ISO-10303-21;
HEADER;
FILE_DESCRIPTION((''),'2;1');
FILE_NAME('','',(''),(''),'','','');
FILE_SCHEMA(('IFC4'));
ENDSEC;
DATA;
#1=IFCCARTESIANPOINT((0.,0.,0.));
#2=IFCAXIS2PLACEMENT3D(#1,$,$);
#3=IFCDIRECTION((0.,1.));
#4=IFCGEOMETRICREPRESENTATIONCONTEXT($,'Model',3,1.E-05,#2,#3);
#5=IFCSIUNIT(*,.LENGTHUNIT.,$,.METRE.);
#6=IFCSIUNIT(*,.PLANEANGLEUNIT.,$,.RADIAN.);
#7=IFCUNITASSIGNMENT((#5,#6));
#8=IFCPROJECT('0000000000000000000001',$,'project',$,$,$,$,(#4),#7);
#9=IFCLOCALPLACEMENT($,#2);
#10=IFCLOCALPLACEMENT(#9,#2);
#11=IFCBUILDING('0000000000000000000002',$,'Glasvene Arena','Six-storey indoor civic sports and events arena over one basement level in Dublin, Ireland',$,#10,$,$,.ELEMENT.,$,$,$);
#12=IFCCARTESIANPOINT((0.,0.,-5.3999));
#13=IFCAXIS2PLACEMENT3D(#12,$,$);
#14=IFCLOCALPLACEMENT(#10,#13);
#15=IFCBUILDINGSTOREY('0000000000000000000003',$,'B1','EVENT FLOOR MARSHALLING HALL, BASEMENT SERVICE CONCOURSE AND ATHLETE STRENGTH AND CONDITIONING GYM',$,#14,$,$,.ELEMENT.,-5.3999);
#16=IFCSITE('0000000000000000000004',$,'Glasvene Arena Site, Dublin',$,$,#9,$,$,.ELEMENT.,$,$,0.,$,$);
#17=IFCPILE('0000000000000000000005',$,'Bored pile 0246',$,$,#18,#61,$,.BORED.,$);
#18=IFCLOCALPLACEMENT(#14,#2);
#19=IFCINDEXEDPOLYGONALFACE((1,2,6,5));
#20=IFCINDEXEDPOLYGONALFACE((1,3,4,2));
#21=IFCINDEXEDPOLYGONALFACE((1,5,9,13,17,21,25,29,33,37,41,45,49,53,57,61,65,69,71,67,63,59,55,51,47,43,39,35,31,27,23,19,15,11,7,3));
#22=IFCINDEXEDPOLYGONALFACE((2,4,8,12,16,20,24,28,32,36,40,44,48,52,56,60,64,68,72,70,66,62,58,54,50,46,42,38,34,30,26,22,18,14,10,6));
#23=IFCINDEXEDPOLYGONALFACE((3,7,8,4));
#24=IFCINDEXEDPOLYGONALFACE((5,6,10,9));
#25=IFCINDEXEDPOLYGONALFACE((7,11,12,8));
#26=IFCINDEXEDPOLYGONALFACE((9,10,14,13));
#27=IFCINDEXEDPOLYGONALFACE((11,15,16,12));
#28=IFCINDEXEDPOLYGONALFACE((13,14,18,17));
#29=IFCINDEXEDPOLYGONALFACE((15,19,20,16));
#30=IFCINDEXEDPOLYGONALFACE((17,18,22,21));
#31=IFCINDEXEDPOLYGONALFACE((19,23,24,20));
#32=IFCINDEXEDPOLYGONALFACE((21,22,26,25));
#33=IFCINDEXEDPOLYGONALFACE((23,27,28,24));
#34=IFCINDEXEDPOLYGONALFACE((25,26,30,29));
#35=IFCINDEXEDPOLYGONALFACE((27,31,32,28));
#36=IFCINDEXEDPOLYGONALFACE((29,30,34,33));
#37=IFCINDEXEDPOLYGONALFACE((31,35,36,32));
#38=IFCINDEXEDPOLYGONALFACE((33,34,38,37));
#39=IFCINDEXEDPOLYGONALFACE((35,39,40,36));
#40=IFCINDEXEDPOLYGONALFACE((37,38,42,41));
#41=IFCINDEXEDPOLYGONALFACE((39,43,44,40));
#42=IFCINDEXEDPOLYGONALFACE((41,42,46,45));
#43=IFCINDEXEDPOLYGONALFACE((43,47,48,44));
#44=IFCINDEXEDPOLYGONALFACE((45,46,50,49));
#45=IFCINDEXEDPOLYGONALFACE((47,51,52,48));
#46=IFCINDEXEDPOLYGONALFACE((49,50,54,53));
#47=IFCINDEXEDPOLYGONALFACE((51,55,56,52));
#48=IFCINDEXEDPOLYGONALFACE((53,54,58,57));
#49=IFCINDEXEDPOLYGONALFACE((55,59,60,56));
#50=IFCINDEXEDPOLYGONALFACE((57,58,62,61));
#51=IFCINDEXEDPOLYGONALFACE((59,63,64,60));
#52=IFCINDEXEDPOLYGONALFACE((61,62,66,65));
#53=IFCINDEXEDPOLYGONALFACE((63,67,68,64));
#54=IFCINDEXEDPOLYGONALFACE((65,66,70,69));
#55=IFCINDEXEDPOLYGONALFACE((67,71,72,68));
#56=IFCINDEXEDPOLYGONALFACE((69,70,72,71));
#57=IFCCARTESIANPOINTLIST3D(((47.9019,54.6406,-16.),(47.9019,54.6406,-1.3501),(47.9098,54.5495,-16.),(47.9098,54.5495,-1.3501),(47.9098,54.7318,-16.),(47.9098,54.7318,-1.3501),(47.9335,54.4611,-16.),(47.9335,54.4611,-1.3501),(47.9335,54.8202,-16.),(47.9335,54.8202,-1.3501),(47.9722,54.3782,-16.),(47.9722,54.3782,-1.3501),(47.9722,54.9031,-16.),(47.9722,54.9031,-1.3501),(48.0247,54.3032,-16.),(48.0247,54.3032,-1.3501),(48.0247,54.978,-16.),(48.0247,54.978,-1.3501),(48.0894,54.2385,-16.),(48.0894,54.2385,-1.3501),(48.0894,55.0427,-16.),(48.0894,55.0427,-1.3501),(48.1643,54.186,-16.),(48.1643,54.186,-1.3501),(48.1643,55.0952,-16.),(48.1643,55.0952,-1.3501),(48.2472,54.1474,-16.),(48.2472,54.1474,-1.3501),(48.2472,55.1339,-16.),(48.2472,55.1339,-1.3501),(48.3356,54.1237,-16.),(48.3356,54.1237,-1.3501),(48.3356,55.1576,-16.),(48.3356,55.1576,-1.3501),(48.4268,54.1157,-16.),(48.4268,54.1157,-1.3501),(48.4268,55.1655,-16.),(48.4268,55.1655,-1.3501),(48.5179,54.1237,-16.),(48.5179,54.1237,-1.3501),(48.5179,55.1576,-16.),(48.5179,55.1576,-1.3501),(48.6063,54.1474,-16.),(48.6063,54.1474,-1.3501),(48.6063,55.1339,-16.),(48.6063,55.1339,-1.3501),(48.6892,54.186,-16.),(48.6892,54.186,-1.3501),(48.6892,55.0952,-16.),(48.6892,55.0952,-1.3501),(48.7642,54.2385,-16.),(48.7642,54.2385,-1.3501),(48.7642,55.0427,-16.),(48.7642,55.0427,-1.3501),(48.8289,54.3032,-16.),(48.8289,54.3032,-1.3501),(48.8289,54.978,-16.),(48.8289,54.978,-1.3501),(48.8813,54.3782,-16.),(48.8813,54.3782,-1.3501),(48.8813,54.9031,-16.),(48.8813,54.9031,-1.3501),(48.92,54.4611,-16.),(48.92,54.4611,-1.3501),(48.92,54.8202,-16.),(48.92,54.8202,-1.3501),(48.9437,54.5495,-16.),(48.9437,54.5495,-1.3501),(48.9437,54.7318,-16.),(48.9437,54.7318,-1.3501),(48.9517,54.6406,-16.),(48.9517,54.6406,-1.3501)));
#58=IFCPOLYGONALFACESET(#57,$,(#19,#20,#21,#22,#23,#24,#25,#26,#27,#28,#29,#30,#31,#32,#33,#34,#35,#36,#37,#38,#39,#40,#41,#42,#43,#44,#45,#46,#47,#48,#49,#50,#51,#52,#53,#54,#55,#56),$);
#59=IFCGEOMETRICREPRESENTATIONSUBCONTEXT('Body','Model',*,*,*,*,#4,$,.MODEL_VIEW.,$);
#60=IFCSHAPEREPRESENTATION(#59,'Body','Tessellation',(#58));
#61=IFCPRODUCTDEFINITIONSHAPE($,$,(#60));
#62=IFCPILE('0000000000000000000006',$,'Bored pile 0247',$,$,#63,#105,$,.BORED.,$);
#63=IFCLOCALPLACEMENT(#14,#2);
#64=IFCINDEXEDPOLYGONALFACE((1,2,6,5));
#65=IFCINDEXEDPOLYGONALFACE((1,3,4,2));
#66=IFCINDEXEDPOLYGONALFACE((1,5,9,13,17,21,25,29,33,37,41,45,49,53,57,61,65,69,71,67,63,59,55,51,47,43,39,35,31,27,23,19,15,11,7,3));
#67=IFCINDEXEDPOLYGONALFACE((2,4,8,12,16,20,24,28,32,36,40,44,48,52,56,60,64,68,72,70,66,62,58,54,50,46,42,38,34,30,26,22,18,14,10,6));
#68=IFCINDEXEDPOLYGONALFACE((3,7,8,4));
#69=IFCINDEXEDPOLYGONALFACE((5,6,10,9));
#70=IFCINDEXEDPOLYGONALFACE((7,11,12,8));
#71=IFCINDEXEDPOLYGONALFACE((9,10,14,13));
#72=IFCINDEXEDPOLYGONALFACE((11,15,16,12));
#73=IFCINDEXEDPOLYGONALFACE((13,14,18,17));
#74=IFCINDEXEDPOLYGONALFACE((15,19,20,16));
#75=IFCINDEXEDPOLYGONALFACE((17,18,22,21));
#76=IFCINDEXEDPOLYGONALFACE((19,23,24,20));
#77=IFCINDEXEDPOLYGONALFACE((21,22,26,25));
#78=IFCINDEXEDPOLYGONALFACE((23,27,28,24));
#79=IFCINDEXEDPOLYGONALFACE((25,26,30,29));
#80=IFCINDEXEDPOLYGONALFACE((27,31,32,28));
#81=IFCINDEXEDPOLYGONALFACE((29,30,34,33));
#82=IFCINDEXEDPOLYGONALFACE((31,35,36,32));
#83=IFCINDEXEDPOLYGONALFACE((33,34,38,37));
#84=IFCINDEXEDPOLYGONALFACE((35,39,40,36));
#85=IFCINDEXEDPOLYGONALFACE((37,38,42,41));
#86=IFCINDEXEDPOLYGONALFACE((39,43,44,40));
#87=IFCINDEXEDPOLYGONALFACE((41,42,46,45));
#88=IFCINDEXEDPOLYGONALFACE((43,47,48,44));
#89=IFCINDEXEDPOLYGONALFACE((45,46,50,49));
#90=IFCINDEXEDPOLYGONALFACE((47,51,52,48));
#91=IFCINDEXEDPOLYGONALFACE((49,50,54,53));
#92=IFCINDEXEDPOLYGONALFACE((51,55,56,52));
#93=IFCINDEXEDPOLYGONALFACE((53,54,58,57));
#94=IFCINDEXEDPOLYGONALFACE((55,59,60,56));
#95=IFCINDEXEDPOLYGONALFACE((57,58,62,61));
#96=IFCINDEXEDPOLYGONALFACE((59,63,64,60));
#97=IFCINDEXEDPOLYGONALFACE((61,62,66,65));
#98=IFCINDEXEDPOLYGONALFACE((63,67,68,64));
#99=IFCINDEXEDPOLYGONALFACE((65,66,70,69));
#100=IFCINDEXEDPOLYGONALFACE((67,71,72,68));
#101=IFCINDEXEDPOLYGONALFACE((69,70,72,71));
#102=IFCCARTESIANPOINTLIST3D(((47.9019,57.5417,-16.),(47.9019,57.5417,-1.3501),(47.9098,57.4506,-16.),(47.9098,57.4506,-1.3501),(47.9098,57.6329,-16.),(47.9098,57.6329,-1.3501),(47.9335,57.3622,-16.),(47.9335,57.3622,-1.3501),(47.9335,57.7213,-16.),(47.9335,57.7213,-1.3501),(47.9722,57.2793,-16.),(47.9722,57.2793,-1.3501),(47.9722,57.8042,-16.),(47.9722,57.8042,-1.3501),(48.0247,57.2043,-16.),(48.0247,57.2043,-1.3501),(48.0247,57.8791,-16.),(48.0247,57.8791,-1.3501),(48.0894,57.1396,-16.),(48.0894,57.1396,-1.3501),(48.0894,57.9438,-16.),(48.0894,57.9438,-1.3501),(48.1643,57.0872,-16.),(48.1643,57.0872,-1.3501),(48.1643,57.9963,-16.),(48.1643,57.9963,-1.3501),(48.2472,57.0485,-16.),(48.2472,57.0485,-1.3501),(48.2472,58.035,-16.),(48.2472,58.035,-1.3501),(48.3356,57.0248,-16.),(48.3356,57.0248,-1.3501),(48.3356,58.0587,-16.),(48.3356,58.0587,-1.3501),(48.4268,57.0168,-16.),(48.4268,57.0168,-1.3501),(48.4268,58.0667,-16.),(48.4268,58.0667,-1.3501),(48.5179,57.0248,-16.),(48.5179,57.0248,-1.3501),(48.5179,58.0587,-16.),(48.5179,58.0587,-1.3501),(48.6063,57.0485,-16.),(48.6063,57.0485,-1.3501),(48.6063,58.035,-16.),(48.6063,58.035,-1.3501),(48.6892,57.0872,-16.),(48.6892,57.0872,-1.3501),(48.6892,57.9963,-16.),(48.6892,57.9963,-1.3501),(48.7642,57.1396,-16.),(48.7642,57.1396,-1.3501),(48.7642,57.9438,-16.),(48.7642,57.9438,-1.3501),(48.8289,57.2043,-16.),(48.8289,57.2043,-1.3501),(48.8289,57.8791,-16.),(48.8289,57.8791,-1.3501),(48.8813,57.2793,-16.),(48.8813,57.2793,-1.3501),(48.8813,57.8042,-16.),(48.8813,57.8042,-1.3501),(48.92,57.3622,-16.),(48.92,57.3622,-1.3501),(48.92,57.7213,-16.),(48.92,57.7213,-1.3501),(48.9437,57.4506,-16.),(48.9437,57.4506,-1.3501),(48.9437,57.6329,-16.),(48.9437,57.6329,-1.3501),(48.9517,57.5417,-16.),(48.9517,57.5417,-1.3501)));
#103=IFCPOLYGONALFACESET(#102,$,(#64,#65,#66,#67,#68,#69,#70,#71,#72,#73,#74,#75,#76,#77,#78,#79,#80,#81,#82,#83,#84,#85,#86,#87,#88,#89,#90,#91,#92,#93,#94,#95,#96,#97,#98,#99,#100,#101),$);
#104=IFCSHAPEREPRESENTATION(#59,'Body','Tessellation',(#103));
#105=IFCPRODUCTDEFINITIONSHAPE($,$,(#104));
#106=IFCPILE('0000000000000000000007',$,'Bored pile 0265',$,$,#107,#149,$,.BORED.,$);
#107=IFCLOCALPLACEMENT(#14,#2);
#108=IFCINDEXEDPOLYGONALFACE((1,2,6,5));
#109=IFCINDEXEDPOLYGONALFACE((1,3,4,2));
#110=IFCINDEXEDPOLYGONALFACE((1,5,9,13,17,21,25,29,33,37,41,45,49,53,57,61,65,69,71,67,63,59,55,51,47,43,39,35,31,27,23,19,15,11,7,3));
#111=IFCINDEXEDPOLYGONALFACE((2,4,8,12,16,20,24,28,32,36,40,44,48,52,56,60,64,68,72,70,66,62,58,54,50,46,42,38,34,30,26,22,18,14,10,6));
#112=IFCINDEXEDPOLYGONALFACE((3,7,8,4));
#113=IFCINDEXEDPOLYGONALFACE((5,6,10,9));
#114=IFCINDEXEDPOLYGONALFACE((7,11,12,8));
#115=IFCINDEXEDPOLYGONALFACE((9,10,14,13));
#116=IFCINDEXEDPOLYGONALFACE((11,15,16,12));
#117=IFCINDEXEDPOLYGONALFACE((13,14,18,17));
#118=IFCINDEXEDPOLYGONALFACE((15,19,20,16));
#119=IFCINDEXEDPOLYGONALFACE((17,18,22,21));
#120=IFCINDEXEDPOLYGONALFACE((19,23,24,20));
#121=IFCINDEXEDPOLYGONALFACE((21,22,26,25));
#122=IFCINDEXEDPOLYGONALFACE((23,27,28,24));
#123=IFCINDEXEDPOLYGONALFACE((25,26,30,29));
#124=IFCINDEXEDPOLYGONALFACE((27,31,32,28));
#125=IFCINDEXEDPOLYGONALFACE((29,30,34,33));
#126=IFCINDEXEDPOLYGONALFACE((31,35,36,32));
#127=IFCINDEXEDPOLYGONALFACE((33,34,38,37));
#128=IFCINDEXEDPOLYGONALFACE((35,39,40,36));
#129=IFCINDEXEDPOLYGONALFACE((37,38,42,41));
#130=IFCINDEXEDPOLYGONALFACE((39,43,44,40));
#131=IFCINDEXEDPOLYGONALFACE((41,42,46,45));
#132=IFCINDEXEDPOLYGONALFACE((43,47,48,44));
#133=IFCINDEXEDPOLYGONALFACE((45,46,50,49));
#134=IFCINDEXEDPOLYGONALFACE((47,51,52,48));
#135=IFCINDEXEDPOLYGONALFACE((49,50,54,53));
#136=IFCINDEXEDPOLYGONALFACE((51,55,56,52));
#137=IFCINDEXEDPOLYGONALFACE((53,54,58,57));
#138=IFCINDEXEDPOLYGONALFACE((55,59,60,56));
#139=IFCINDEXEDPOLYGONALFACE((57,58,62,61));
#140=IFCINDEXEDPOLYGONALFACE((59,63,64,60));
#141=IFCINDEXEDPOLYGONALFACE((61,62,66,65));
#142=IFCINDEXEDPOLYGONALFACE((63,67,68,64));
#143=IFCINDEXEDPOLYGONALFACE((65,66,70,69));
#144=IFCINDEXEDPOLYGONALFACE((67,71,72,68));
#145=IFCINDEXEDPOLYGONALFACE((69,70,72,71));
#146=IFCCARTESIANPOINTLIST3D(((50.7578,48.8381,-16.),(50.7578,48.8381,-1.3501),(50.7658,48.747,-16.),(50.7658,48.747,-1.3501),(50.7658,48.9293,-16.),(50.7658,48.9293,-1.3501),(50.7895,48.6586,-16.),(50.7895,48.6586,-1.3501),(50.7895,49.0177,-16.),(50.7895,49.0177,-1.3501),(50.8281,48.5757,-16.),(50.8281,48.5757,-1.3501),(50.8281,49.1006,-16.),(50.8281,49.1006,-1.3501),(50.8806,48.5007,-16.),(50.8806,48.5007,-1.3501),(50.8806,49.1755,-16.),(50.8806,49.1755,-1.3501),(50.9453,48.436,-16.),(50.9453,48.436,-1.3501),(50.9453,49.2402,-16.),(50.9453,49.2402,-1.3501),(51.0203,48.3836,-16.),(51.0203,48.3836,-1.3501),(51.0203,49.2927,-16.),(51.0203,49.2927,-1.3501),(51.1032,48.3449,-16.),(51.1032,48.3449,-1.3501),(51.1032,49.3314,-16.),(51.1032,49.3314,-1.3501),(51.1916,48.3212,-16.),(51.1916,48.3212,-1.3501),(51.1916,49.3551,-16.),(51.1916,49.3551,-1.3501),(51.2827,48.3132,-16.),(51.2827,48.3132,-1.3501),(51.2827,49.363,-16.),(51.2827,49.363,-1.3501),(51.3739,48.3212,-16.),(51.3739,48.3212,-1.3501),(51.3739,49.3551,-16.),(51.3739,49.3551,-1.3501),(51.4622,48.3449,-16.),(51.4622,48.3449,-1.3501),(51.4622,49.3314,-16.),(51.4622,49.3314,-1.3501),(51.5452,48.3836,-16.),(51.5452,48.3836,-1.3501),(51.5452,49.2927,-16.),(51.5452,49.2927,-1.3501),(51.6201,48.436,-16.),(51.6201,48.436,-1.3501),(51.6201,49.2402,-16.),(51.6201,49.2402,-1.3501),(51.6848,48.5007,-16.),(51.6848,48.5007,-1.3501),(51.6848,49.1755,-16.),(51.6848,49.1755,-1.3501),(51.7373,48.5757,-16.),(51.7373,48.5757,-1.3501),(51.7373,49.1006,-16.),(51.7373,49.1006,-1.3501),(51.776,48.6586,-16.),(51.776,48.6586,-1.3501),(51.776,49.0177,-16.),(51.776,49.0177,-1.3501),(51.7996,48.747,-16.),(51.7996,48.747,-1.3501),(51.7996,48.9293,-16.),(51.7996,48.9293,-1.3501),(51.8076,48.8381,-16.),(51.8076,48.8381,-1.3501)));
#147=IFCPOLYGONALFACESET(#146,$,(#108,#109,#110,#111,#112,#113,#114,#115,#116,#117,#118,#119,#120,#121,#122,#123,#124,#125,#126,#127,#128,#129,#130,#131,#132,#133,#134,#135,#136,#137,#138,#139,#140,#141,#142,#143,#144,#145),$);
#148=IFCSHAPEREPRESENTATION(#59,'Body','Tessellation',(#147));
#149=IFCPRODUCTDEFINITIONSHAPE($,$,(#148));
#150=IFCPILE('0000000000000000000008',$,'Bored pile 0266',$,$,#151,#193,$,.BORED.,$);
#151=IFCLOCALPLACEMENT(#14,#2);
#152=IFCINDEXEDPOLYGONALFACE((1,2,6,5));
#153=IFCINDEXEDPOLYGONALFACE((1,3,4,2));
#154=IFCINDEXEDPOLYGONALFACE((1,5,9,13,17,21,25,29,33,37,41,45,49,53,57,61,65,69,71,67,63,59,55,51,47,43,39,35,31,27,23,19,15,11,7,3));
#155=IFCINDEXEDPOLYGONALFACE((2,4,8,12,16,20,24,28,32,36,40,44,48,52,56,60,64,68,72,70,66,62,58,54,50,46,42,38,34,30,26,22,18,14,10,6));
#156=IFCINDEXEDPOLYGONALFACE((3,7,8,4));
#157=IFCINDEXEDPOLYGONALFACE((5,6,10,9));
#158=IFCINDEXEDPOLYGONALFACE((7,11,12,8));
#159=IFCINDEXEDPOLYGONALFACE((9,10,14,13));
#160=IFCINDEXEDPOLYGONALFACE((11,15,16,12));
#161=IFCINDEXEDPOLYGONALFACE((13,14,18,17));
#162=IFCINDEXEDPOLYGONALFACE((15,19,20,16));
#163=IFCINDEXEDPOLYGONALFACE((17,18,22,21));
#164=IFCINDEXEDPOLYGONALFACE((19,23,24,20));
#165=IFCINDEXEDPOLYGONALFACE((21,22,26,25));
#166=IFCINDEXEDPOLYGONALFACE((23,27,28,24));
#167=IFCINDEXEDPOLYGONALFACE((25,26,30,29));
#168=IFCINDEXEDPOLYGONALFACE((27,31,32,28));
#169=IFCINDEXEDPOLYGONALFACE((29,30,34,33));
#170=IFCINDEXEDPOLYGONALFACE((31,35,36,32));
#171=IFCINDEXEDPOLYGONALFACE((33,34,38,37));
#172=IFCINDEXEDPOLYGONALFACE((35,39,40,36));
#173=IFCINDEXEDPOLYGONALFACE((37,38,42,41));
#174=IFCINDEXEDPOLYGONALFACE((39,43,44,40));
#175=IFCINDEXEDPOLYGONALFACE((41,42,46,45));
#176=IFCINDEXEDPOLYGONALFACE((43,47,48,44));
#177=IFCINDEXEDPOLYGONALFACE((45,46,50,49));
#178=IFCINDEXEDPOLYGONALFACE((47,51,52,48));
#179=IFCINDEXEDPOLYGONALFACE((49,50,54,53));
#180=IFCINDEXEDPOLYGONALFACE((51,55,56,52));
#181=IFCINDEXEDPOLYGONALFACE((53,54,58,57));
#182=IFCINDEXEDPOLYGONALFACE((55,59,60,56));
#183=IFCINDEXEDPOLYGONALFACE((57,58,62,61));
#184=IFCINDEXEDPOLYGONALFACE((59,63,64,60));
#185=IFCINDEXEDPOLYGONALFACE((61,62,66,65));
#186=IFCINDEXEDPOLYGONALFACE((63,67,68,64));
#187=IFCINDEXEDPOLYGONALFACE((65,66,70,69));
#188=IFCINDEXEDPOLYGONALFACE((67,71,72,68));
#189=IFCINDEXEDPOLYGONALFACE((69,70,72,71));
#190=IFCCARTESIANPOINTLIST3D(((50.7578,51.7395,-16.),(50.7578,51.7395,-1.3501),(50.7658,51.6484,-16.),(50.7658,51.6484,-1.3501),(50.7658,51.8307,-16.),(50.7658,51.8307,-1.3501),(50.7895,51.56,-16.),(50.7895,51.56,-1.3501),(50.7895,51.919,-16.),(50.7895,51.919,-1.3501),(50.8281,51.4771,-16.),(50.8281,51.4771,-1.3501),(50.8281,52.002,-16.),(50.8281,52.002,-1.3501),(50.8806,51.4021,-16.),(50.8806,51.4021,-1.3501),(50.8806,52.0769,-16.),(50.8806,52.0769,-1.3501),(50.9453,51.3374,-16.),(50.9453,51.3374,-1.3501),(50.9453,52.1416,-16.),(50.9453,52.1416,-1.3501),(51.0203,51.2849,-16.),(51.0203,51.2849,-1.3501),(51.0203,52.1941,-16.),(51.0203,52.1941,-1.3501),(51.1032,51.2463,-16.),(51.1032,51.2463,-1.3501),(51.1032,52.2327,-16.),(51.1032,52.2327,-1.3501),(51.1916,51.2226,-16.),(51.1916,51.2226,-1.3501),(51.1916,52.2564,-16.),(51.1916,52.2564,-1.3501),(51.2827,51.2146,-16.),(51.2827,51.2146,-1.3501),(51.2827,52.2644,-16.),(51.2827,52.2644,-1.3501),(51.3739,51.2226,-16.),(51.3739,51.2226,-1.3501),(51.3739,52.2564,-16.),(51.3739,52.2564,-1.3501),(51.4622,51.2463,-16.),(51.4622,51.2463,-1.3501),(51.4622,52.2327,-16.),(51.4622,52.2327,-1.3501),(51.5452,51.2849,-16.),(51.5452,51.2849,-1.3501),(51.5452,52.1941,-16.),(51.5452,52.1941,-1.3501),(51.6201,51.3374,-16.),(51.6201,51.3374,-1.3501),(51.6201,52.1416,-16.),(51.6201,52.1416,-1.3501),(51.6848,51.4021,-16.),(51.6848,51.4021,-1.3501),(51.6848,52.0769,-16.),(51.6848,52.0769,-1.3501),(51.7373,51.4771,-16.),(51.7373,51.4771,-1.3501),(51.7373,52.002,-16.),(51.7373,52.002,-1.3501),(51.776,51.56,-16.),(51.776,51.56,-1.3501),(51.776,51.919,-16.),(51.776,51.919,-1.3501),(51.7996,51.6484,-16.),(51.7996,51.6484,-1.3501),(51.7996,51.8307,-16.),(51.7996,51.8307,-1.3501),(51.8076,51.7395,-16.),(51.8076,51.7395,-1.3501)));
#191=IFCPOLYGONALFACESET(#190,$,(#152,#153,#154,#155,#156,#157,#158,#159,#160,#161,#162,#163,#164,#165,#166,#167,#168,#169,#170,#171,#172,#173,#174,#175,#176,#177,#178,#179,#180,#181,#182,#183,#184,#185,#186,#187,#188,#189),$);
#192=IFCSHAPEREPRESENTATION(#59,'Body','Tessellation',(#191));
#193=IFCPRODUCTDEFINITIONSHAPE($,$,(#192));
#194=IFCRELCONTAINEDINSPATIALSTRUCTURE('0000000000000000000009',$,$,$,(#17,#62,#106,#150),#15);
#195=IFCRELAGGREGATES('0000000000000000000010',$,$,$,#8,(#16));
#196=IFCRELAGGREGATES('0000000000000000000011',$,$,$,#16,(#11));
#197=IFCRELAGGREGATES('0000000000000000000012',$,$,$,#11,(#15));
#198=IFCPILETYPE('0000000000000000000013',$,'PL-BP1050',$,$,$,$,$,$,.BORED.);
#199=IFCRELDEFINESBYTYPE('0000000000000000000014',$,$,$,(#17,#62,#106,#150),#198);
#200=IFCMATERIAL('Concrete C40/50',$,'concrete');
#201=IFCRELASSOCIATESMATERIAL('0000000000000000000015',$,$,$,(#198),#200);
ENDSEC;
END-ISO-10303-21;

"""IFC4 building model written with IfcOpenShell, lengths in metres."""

from ifc_helpers import new_model, si_unit, direction, frame, origin, origin_2d, place, context, subcontext, project, spatial, circle, extrude, material, material_profile, profile_set, type_object, element, save


model = new_model("IFC4")

# Units and contexts
model_context = context("Model", 3, precision=1e-05, world=origin(), true_north=direction((0.0, 1.0)))
body_context = subcontext(model_context, "Body", "Model", "MODEL_VIEW")
ifc_project = project(units=[si_unit("LENGTHUNIT", "METRE"), si_unit("PLANEANGLEUNIT", "RADIAN")], contexts=[model_context])

# Site, building, storey
site_placement = place(None, origin())
site = spatial("IfcSite", under=ifc_project, at=site_placement, Name="Glasvene Arena Site, Dublin", CompositionType="ELEMENT", RefElevation=0.0)
building_placement = place(site_placement, origin())
building = spatial("IfcBuilding", under=site, at=building_placement, Name="Glasvene Arena", Description="Six-storey indoor civic sports and events arena over one basement level in Dublin, Ireland", CompositionType="ELEMENT")
storey_placement = place(building_placement, frame((0.0, 0.0, -5.3999)))
storey = spatial("IfcBuildingStorey", under=building, at=storey_placement, Name="B1", Description="EVENT FLOOR MARSHALLING HALL, BASEMENT SERVICE CONCOURSE AND ATHLETE STRENGTH AND CONDITIONING GYM", CompositionType="ELEMENT", Elevation=-5.3999)

# Piles
ifc_material_1 = material(Name="Concrete C40/50", Category="concrete")
ifc_material_profile_1 = material_profile(ifc_material_1, circle(Radius=0.5249, at=origin_2d()), Name="BORED PILE 1050")
ifc_profile_set_1 = profile_set([ifc_material_profile_1], Name="Concrete C40/50")
pile_type = type_object("IfcPileType", Name="PL-BP1050", PredefinedType="BORED", material=ifc_profile_set_1)
for number, where, z_axis, x_axis, name in (
    (1, (48.4268, 54.6406, -1.3501), (0.0, 0.0, -1.0), (1.0, 0.0, 0.0), "Bored pile 0246"),
    (2, (48.4268, 57.5417, -1.3501), (0.0, 0.0, -1.0), (1.0, 0.0, 0.0), "Bored pile 0247"),
    (3, (51.2827, 48.8381, -1.3501), (0.0, 0.0, -1.0), (1.0, 0.0, 0.0), "Bored pile 0265"),
    (4, (51.2827, 51.7395, -1.3501), (0.0, 0.0, -1.0), (1.0, 0.0, 0.0), "Bored pile 0266"),
):
    element("IfcPile", number, at=place(storey_placement, frame(where, z_axis=z_axis, x_axis=x_axis)), inside=storey, type_object=pile_type, Name=name, PredefinedType="BORED", context=body_context, shape_type="SweptSolid", body=[
        extrude(circle(Radius=0.5249, at=origin_2d()), origin(), (0.0, 0.0, 1.0), 14.6499),
    ])

save(model, "model.ifc")
